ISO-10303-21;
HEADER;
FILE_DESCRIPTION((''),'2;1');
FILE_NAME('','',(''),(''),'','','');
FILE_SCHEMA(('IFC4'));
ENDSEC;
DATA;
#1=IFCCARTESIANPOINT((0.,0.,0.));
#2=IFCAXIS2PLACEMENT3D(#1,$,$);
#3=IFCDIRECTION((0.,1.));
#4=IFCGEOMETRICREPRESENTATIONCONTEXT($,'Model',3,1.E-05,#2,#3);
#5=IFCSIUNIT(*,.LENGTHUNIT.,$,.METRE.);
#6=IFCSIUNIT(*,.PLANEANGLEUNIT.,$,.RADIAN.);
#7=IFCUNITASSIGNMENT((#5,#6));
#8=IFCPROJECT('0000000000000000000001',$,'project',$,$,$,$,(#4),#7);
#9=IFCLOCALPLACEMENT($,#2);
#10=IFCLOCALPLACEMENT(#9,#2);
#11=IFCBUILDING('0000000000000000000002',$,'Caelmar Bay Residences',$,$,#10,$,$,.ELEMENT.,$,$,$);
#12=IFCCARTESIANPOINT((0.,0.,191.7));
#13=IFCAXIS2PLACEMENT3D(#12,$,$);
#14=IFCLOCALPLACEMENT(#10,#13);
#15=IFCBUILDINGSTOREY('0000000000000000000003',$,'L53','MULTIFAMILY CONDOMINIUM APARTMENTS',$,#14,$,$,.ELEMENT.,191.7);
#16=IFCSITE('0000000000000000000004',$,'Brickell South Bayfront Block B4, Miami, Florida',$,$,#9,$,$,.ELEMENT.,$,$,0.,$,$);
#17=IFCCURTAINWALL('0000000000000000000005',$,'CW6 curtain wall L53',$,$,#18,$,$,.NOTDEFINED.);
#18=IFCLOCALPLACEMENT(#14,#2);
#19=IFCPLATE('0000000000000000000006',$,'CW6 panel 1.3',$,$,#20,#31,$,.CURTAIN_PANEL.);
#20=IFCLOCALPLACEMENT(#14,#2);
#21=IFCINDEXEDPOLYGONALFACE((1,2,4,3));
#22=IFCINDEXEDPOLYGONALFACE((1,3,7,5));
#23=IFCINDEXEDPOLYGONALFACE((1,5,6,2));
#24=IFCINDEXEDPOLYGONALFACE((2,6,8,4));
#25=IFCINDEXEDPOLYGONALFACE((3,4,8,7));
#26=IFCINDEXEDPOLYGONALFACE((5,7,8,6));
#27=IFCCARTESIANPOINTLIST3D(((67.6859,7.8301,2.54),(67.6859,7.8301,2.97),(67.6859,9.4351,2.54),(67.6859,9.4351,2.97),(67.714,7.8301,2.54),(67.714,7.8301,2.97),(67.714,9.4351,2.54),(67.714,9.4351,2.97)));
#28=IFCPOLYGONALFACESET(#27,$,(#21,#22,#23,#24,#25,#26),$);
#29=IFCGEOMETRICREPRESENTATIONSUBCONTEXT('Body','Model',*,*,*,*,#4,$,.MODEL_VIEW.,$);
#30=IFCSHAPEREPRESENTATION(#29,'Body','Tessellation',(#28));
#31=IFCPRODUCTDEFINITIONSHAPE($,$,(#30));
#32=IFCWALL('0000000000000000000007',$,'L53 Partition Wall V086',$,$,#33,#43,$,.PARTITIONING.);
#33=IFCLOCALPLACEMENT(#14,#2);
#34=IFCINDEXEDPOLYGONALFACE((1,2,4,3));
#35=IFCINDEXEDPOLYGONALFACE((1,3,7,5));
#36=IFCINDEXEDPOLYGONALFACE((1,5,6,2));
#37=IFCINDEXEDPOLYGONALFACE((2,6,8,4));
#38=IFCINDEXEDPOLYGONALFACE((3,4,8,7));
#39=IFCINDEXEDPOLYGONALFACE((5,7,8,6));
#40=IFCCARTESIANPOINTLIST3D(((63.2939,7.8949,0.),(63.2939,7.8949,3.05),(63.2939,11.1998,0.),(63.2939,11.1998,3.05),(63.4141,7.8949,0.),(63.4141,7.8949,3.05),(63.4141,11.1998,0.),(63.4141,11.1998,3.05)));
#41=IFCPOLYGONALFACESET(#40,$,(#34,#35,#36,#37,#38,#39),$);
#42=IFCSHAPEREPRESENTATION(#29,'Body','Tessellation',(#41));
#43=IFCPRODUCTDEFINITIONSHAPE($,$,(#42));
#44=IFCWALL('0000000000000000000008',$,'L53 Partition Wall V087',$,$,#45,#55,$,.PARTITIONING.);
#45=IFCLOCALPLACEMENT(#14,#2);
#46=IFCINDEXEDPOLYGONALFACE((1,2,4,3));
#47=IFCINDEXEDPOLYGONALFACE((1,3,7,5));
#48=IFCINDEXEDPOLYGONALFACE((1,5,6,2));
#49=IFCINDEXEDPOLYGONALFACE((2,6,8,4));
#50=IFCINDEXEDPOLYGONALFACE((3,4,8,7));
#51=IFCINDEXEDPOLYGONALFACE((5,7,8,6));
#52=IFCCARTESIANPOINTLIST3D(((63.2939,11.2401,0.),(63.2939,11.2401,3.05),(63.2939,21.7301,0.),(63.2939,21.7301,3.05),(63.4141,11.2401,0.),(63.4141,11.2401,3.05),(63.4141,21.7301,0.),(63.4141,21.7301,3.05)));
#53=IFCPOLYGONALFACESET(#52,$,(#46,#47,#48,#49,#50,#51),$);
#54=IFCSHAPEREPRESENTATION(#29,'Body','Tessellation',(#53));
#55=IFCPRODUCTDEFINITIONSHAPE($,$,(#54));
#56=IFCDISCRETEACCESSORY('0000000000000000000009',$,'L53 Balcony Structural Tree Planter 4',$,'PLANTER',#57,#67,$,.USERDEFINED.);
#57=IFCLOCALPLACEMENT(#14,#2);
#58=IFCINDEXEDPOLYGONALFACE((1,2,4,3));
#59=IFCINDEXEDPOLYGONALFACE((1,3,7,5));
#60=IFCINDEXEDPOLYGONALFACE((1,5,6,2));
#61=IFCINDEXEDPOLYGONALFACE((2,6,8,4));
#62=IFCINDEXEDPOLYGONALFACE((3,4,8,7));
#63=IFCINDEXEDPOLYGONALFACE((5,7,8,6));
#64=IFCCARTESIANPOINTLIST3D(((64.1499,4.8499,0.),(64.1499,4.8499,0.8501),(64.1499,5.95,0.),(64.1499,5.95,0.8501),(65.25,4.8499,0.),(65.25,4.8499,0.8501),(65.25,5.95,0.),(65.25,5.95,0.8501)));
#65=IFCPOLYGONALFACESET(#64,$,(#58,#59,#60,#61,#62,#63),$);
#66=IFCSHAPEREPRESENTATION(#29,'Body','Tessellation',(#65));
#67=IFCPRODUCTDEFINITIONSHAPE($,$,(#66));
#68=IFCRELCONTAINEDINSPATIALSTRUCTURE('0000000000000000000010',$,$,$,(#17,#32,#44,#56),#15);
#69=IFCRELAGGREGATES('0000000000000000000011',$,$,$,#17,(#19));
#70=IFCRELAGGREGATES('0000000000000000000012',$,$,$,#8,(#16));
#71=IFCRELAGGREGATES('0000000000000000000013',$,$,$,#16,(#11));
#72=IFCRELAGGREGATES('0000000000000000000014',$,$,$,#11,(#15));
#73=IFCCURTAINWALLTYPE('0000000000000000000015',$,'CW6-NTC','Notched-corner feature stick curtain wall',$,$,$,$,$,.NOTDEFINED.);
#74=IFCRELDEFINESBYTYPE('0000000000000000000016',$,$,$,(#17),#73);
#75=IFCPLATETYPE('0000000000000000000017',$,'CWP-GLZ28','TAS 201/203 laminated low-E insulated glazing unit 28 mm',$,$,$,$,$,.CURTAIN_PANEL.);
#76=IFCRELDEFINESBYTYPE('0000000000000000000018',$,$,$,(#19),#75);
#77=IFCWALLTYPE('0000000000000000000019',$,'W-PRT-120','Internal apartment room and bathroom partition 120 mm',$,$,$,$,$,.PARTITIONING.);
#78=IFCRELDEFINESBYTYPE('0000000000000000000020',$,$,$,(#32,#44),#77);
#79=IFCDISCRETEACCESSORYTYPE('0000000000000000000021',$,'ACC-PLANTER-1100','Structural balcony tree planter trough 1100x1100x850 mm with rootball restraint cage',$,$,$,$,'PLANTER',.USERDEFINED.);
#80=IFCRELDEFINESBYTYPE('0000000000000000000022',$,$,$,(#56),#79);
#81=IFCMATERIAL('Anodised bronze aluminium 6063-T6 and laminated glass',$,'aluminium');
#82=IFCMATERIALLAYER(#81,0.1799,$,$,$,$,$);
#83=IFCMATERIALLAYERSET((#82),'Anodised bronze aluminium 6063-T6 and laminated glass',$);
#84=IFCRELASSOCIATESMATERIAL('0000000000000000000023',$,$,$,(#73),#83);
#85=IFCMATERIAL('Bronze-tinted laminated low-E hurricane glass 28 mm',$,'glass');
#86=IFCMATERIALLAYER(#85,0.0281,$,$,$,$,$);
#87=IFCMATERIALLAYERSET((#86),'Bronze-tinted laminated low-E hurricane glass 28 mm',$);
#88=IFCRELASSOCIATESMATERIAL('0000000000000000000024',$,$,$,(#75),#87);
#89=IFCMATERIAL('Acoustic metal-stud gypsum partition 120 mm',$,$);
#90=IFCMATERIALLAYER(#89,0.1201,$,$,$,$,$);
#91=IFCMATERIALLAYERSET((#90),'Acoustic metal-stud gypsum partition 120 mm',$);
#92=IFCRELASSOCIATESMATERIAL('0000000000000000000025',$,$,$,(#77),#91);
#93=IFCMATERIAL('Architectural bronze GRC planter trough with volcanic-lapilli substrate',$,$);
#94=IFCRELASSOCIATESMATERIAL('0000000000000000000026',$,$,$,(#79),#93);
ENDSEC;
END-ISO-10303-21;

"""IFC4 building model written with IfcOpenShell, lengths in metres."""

from ifc_helpers import new_model, si_unit, direction, frame, frame_2d, origin, origin_2d, place, context, subcontext, project, spatial, rectangle, extrude, material, layer, layer_set, type_object, element, aggregate, save


model = new_model("IFC4")

# Units and contexts
model_context = context("Model", 3, precision=1e-05, world=origin(), true_north=direction((0.0, 1.0)))
body_context = subcontext(model_context, "Body", "Model", "MODEL_VIEW")
ifc_project = project(units=[si_unit("LENGTHUNIT", "METRE"), si_unit("PLANEANGLEUNIT", "RADIAN")], contexts=[model_context])

# Site, building, storey
site_placement = place(None, origin())
site = spatial("IfcSite", under=ifc_project, at=site_placement, Name="Brickell South Bayfront Block B4, Miami, Florida", CompositionType="ELEMENT", RefElevation=0.0)
building_placement = place(site_placement, origin())
building = spatial("IfcBuilding", under=site, at=building_placement, Name="Caelmar Bay Residences", CompositionType="ELEMENT")
storey_placement = place(building_placement, frame((0.0, 0.0, 191.7)))
storey = spatial("IfcBuildingStorey", under=building, at=storey_placement, Name="L53", Description="MULTIFAMILY CONDOMINIUM APARTMENTS", CompositionType="ELEMENT", Elevation=191.7)

# Curtain wall, plate
ifc_material_1 = material(Name="Anodised bronze aluminium 6063-T6 and laminated glass", Category="aluminium")
ifc_layer_1 = layer(ifc_material_1, 0.1799)
ifc_layer_set_1 = layer_set([ifc_layer_1], Name="Anodised bronze aluminium 6063-T6 and laminated glass")
curtain_wall_type = type_object("IfcCurtainWallType", Name="CW6-NTC", Description="Notched-corner feature stick curtain wall", PredefinedType="NOTDEFINED", material=ifc_layer_set_1)
curtain_wall_placement = place(storey_placement, origin())
curtain_wall = element("IfcCurtainWall", 1, at=curtain_wall_placement, inside=storey, type_object=curtain_wall_type, Name="CW6 curtain wall L53", PredefinedType="NOTDEFINED")
ifc_material_2 = material(Name="Bronze-tinted laminated low-E hurricane glass 28 mm", Category="glass")
ifc_layer_2 = layer(ifc_material_2, 0.0281)
ifc_layer_set_2 = layer_set([ifc_layer_2], Name="Bronze-tinted laminated low-E hurricane glass 28 mm")
plate_type = type_object("IfcPlateType", Name="CWP-GLZ28", Description="TAS 201/203 laminated low-E insulated glazing unit 28 mm", PredefinedType="CURTAIN_PANEL", material=ifc_layer_set_2)
plate_1_placement = place(storey_placement, frame((67.7, 8.6326, 2.54), z_axis=(0.0, 0.0, 1.0), x_axis=(0.0, 1.0, 0.0)))
plate_1 = element("IfcPlate", 2, at=plate_1_placement, type_object=plate_type, Name="CW6 panel 1.3", PredefinedType="CURTAIN_PANEL", context=body_context, shape_type="SweptSolid", body=[
    extrude(rectangle(XDim=1.605, YDim=0.0281, at=origin_2d()), origin(), (0.0, 0.0, 1.0), 0.4299),
])
aggregate(curtain_wall, [plate_1])

# Walls
ifc_material_3 = material(Name="Acoustic metal-stud gypsum partition 120 mm")
ifc_layer_3 = layer(ifc_material_3, 0.1201)
ifc_layer_set_3 = layer_set([ifc_layer_3], Name="Acoustic metal-stud gypsum partition 120 mm")
wall_type_1 = type_object("IfcWallType", Name="W-PRT-120", Description="Internal apartment room and bathroom partition 120 mm", PredefinedType="PARTITIONING", material=ifc_layer_set_3)
wall_1_placement = place(storey_placement, frame((63.354, 7.895, 0.0), z_axis=(0.0, 0.0, 1.0), x_axis=(0.0, 1.0, 0.0)))
element("IfcWall", 3, at=wall_1_placement, inside=storey, type_object=wall_type_1, Name="L53 Partition Wall V086", PredefinedType="PARTITIONING", context=body_context, shape_type="SweptSolid", body=[
    extrude(rectangle(XDim=3.3049, YDim=0.1201, at=frame_2d((1.6523, 0.0))), origin(), (0.0, 0.0, 1.0), 3.05),
])
wall_2_placement = place(storey_placement, frame((63.354, 11.24, 0.0), z_axis=(0.0, 0.0, 1.0), x_axis=(0.0, 1.0, 0.0)))
element("IfcWall", 4, at=wall_2_placement, inside=storey, type_object=wall_type_1, Name="L53 Partition Wall V087", PredefinedType="PARTITIONING", context=body_context, shape_type="SweptSolid", body=[
    extrude(rectangle(XDim=10.49, YDim=0.1201, at=frame_2d((5.2451, 0.0))), origin(), (0.0, 0.0, 1.0), 3.05),
])

# Discrete accessory
ifc_material_4 = material(Name="Architectural bronze GRC planter trough with volcanic-lapilli substrate")
discrete_accessory_type = type_object("IfcDiscreteAccessoryType", Name="ACC-PLANTER-1100", Description="Structural balcony tree planter trough 1100x1100x850 mm with rootball restraint cage", ElementType="PLANTER", PredefinedType="USERDEFINED", material=ifc_material_4)
discrete_accessory_placement = place(storey_placement, frame((64.7, 5.3999, 0.0), z_axis=(0.0, 0.0, 1.0), x_axis=(1.0, 0.0, 0.0)))
element("IfcDiscreteAccessory", 5, at=discrete_accessory_placement, inside=storey, type_object=discrete_accessory_type, Name="L53 Balcony Structural Tree Planter 4", ObjectType="PLANTER", PredefinedType="USERDEFINED", context=body_context, shape_type="SweptSolid", body=[
    extrude(rectangle(XDim=1.1001, YDim=1.1001, at=origin_2d()), origin(), (0.0, 0.0, 1.0), 0.8501),
])

save(model, "model.ifc")
